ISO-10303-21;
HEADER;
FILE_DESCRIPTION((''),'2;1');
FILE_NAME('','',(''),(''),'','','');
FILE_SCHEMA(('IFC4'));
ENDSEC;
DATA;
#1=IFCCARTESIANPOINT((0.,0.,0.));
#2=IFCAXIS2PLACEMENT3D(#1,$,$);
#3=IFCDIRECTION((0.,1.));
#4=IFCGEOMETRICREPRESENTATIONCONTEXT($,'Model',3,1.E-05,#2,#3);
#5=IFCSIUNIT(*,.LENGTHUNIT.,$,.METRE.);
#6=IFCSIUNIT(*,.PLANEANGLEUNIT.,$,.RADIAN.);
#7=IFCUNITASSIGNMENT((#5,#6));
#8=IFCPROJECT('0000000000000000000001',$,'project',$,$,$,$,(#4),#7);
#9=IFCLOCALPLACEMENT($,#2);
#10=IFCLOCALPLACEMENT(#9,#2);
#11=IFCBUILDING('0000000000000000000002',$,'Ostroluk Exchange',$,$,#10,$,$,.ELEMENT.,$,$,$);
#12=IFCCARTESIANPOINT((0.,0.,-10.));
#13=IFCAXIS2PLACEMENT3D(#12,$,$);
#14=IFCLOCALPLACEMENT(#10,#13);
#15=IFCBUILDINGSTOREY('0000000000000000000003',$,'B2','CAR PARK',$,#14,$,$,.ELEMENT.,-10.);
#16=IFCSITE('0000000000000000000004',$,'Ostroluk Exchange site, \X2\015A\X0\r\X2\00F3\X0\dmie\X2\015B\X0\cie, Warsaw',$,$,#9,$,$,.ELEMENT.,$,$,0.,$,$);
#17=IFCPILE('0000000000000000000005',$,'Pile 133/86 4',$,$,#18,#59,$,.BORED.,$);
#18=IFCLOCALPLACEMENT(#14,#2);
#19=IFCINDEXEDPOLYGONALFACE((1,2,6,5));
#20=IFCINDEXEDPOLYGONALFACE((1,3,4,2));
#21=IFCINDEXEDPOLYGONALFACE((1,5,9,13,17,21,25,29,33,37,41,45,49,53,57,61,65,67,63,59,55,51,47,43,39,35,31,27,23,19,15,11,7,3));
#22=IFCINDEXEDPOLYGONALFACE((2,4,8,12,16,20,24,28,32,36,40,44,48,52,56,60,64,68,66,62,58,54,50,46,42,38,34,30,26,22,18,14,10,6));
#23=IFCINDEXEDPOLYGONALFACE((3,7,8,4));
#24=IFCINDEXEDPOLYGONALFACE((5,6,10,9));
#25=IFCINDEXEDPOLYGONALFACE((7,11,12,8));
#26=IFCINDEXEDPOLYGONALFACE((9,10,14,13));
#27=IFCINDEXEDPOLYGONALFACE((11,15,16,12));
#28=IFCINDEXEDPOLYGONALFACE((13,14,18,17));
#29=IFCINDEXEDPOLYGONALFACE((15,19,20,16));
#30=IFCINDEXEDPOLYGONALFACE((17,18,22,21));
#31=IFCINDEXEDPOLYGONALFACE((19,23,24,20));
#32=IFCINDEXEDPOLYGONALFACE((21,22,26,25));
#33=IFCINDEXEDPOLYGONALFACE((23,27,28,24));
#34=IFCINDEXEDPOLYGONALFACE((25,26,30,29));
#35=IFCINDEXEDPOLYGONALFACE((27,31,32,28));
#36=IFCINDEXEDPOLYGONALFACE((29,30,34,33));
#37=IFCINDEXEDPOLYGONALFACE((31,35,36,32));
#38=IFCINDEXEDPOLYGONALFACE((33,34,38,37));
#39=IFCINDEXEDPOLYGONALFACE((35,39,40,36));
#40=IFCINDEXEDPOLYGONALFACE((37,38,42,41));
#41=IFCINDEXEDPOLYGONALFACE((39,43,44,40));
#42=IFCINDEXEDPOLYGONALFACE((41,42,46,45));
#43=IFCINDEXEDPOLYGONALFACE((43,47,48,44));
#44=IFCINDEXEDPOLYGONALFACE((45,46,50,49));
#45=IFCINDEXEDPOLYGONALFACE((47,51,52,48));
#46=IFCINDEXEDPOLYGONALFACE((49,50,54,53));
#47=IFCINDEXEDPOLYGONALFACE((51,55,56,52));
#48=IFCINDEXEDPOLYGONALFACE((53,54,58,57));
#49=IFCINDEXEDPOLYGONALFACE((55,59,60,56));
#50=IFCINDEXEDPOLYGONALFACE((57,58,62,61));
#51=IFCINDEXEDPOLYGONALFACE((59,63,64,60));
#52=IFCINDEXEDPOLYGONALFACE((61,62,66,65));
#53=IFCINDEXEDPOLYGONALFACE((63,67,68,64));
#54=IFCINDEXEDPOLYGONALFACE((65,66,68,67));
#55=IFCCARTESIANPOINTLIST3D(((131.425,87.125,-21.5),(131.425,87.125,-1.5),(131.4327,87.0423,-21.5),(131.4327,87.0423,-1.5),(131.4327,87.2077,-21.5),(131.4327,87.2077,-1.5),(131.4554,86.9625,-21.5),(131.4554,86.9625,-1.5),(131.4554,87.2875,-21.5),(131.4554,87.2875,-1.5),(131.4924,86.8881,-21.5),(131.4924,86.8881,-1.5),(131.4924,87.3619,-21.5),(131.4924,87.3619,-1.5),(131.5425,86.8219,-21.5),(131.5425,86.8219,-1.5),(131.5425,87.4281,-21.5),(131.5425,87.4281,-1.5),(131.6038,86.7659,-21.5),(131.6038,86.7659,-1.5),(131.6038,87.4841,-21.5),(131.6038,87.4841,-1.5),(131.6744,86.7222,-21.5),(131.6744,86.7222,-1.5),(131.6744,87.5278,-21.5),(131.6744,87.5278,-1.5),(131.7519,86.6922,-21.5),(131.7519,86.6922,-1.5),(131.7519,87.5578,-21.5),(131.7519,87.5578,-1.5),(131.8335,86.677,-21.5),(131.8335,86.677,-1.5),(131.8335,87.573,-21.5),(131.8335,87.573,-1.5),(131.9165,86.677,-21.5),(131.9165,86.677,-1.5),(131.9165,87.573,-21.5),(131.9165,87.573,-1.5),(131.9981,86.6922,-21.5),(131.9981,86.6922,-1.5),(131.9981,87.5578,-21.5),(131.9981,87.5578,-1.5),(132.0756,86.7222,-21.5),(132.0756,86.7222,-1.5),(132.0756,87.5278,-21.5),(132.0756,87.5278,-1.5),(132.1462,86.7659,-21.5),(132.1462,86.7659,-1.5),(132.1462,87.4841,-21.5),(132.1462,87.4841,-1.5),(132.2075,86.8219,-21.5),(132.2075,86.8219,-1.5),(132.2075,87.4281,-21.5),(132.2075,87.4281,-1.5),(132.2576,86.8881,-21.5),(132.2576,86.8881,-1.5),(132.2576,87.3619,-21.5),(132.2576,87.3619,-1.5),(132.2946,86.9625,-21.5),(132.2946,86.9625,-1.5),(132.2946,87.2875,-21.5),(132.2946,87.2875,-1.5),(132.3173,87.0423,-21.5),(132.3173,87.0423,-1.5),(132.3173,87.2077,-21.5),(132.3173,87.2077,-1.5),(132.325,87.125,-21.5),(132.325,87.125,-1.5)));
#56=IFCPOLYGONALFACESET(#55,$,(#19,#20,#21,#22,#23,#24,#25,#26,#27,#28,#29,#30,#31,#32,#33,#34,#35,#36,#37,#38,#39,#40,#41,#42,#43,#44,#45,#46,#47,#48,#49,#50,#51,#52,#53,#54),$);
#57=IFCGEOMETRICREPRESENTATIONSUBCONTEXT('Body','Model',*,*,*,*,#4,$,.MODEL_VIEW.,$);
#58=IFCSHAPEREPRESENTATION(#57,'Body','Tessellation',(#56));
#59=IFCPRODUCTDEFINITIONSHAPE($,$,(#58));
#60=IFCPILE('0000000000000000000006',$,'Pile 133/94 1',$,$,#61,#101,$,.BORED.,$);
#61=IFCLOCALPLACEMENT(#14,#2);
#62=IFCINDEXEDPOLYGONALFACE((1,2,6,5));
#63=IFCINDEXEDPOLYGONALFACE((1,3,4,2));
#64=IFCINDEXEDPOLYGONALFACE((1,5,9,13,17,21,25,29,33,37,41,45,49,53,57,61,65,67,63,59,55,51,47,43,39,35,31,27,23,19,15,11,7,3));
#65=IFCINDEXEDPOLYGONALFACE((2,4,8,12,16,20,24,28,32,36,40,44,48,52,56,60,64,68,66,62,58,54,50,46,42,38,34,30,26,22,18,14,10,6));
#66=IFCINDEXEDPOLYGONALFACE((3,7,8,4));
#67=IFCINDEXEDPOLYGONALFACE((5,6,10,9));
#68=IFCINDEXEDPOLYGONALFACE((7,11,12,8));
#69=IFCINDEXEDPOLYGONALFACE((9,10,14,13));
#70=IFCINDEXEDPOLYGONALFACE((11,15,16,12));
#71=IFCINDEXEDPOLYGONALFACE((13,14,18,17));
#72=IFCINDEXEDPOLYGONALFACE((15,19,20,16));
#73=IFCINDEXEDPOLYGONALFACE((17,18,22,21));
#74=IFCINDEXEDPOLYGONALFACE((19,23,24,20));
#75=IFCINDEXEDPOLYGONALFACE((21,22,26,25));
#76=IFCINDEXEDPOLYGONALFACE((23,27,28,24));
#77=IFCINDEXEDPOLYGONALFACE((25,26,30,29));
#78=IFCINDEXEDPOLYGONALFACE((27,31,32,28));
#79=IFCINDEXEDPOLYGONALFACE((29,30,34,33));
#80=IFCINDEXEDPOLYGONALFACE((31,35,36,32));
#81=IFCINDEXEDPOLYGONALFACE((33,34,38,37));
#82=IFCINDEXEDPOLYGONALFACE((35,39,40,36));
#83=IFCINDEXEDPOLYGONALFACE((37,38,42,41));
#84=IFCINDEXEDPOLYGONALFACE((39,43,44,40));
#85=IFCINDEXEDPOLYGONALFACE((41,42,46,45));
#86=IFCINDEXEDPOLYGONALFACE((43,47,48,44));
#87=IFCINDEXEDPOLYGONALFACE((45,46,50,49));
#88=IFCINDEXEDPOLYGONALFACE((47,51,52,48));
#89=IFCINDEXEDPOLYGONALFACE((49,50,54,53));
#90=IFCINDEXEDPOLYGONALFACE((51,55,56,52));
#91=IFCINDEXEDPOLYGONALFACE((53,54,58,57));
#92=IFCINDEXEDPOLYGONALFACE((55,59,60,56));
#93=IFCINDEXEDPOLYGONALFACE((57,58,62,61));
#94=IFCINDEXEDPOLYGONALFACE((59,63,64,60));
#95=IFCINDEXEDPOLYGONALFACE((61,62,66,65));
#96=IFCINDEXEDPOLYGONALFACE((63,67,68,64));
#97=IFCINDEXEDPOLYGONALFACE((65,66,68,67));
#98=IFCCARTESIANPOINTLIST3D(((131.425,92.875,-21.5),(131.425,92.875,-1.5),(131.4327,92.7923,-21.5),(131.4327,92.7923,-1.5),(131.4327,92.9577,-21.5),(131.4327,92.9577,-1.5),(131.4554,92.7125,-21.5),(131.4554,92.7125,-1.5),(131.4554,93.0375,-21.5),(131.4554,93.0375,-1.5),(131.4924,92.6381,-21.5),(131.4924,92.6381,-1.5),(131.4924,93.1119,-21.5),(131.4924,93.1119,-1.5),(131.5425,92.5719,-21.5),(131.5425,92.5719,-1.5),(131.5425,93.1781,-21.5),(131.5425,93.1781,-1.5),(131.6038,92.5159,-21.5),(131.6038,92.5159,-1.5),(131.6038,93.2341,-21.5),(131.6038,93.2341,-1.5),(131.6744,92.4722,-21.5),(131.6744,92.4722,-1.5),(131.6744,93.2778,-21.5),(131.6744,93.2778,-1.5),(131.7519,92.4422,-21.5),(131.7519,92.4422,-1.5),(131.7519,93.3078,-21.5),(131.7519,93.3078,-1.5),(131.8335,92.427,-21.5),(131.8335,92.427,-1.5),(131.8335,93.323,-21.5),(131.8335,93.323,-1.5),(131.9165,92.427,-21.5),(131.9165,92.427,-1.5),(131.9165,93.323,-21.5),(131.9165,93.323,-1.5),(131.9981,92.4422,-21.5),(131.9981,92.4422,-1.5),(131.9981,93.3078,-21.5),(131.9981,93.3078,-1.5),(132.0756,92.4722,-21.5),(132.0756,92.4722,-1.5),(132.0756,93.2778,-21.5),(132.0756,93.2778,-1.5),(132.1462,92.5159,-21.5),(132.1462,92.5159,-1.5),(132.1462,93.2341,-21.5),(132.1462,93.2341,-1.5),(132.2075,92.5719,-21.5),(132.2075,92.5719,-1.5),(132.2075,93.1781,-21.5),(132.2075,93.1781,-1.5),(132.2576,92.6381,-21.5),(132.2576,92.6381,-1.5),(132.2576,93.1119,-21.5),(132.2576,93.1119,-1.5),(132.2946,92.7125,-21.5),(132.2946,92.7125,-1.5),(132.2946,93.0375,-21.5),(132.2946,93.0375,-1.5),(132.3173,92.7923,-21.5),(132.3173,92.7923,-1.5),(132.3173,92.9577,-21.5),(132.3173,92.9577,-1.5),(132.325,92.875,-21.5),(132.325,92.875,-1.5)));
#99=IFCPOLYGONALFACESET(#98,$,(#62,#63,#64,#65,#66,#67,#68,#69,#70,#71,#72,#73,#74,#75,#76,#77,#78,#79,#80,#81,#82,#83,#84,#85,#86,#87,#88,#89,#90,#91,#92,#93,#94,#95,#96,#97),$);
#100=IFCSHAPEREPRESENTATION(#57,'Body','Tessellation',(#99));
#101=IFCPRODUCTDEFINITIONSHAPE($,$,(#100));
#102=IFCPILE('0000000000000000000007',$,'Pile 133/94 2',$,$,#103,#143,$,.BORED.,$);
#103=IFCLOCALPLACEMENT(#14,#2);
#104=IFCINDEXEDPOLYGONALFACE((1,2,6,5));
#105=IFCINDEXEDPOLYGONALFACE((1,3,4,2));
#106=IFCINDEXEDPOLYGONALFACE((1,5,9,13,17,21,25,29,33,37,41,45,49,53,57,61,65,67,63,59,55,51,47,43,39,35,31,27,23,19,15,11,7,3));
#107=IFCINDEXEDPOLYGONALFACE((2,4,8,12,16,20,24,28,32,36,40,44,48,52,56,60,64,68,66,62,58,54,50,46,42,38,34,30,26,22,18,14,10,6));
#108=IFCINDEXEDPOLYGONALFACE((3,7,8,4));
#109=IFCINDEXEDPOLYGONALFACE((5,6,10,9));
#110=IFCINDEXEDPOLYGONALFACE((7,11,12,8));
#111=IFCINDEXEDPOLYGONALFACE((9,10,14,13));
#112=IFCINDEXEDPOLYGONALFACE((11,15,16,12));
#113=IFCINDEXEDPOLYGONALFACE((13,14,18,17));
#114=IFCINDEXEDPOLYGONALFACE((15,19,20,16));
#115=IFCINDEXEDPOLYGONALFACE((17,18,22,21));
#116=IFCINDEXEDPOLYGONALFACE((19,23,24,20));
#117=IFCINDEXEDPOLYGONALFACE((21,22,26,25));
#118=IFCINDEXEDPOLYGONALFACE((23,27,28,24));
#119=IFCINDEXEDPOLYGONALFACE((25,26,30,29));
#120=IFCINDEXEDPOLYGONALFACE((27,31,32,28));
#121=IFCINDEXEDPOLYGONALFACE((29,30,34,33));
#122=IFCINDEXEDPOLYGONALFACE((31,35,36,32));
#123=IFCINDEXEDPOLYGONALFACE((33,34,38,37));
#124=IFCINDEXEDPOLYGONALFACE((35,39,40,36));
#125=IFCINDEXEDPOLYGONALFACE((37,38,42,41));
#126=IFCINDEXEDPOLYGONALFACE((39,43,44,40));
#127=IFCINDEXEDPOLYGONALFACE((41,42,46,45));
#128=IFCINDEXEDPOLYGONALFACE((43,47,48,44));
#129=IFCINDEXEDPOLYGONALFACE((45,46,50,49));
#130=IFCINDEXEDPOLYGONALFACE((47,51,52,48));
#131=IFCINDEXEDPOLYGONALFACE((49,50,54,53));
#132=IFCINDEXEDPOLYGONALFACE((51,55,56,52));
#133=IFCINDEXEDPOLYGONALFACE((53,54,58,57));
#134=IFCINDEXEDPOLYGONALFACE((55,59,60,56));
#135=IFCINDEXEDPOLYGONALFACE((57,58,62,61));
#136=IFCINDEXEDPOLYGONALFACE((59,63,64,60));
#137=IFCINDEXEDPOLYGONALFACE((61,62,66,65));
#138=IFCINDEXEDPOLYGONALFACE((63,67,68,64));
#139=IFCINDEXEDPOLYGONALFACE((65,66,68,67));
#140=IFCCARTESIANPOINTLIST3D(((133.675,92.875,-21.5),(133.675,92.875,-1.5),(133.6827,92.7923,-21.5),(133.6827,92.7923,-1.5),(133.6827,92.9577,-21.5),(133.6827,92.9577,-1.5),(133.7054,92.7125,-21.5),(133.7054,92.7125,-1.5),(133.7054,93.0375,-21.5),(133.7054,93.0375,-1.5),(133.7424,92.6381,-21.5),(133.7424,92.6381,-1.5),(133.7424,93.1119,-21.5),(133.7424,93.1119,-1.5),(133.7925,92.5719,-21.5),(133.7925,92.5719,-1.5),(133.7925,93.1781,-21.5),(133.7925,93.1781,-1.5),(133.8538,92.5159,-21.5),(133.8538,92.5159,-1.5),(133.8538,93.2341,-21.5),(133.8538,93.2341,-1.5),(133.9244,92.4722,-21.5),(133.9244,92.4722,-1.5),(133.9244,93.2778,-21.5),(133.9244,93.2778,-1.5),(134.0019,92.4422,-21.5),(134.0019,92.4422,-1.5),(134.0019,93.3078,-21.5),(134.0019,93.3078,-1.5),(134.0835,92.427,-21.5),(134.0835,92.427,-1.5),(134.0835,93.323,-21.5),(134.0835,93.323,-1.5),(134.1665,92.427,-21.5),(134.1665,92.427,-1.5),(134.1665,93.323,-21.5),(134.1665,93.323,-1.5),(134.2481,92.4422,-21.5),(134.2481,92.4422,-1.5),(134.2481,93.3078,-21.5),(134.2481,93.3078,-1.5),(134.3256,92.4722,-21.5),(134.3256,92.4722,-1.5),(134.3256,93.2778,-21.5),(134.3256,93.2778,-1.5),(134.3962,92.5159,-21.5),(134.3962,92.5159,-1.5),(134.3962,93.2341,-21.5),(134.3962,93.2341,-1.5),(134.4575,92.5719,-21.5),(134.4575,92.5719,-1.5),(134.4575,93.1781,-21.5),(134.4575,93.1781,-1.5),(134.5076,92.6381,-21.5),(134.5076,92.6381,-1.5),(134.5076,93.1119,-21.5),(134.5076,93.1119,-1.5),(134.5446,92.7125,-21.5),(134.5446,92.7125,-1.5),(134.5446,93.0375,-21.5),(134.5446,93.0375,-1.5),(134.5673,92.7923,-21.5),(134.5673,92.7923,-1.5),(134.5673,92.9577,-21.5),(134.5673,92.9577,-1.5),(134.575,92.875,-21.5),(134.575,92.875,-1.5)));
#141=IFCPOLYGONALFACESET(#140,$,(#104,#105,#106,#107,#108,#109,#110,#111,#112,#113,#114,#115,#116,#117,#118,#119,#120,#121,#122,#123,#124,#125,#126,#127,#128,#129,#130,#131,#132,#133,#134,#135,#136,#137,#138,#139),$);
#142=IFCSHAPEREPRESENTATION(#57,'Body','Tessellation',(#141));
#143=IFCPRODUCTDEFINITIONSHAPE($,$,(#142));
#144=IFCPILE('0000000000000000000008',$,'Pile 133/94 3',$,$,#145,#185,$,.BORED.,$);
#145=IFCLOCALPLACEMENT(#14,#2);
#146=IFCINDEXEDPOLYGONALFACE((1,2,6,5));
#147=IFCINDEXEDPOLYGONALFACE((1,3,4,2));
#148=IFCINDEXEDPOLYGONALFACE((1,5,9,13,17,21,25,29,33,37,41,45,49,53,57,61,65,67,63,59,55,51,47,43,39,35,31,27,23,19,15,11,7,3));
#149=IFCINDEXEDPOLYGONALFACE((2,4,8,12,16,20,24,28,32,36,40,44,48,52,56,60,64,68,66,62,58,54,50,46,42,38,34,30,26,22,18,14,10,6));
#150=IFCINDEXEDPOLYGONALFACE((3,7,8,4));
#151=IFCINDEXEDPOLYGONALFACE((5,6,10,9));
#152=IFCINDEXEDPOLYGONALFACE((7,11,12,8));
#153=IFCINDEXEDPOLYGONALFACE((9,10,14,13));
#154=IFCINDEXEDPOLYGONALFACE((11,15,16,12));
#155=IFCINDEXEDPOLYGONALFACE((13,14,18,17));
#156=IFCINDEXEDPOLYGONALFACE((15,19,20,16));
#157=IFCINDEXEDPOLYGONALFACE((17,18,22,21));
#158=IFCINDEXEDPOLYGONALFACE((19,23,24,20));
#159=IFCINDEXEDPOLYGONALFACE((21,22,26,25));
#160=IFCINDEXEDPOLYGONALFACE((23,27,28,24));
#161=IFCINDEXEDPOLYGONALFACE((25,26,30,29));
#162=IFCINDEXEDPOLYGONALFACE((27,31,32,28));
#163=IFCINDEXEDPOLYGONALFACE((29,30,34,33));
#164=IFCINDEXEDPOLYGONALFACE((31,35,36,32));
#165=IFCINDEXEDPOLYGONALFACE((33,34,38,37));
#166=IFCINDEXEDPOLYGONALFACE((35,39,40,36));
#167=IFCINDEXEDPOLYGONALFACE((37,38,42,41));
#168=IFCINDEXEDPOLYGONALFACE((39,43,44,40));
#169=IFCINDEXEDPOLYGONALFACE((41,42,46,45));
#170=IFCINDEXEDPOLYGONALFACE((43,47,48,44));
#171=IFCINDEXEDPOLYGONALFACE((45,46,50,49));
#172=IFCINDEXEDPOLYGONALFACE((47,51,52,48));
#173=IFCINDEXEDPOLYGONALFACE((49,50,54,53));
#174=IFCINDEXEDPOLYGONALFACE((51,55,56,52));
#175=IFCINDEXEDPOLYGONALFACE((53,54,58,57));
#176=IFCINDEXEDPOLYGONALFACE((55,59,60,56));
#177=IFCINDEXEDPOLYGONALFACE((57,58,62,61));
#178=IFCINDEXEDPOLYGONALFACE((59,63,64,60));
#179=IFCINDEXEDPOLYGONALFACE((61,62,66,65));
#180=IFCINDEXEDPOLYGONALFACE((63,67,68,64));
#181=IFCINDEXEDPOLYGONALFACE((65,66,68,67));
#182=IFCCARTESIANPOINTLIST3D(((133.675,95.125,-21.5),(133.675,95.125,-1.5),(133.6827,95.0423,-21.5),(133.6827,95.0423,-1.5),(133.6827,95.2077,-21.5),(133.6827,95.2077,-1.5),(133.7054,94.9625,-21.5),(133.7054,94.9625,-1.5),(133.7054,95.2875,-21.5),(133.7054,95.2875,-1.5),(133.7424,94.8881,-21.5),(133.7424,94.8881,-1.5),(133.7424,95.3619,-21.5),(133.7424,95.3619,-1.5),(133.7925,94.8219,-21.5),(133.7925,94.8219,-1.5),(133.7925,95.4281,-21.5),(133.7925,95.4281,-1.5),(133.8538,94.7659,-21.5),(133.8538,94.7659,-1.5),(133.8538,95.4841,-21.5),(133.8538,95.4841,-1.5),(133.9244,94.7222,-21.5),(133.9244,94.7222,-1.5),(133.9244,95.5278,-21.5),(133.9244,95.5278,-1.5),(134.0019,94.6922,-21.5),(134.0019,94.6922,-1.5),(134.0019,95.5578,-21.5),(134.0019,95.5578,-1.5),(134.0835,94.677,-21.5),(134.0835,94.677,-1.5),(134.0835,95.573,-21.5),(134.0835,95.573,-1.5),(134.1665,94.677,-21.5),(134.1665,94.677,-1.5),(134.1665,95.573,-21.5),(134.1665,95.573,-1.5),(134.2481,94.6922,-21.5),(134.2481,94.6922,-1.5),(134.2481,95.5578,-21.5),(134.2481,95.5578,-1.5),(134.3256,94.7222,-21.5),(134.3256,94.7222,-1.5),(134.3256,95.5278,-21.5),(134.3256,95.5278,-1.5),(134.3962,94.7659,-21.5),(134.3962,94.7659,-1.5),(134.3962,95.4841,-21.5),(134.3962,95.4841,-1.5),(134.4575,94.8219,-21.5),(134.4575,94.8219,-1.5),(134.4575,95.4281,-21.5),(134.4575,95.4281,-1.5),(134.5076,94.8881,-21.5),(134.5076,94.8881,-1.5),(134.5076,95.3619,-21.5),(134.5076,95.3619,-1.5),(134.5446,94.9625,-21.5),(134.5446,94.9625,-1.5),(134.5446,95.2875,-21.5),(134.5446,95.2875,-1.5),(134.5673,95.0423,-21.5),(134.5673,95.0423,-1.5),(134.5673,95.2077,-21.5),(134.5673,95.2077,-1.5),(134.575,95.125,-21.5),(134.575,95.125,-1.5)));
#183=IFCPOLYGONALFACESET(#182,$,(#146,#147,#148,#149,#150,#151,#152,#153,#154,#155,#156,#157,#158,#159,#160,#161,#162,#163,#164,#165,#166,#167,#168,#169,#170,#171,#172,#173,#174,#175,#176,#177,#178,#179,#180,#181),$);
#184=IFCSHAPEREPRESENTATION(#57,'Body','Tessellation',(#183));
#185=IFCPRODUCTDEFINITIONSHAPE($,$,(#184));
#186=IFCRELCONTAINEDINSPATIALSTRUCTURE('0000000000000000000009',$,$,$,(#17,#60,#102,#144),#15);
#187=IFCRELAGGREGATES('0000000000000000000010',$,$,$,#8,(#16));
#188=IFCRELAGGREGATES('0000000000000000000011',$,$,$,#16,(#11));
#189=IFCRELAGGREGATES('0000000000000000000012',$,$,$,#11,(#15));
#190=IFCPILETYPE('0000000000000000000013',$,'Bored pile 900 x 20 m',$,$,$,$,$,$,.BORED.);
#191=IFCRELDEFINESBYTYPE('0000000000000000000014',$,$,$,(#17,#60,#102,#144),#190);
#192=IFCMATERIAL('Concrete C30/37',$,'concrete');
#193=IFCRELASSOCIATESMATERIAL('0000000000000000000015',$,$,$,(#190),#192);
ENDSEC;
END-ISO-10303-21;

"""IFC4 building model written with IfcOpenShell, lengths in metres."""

from ifc_helpers import new_model, si_unit, direction, frame, origin, origin_2d, place, context, subcontext, project, spatial, circle, extrude, material, type_object, element, save


model = new_model("IFC4")

# Units and contexts
model_context = context("Model", 3, precision=1e-05, world=origin(), true_north=direction((0.0, 1.0)))
body_context = subcontext(model_context, "Body", "Model", "MODEL_VIEW")
ifc_project = project(units=[si_unit("LENGTHUNIT", "METRE"), si_unit("PLANEANGLEUNIT", "RADIAN")], contexts=[model_context])

# Site, building, storey
site_placement = place(None, origin())
site = spatial("IfcSite", under=ifc_project, at=site_placement, Name="Ostroluk Exchange site, Śródmieście, Warsaw", CompositionType="ELEMENT", RefElevation=0.0)
building_placement = place(site_placement, origin())
building = spatial("IfcBuilding", under=site, at=building_placement, Name="Ostroluk Exchange", CompositionType="ELEMENT")
storey_placement = place(building_placement, frame((0.0, 0.0, -10.0)))
storey = spatial("IfcBuildingStorey", under=building, at=storey_placement, Name="B2", Description="CAR PARK", CompositionType="ELEMENT", Elevation=-10.0)

# Piles
ifc_material_1 = material(Name="Concrete C30/37", Category="concrete")
pile_type = type_object("IfcPileType", Name="Bored pile 900 x 20 m", PredefinedType="BORED", material=ifc_material_1)
for number, where, z_axis, x_axis, name in (
    (1, (131.875, 87.125, -1.5), (0.0, 0.0, -1.0), (1.0, 0.0, 0.0), "Pile 133/86 4"),
    (2, (131.875, 92.875, -1.5), (0.0, 0.0, -1.0), (1.0, 0.0, 0.0), "Pile 133/94 1"),
    (3, (134.125, 92.875, -1.5), (0.0, 0.0, -1.0), (1.0, 0.0, 0.0), "Pile 133/94 2"),
    (4, (134.125, 95.125, -1.5), (0.0, 0.0, -1.0), (1.0, 0.0, 0.0), "Pile 133/94 3"),
):
    element("IfcPile", number, at=place(storey_placement, frame(where, z_axis=z_axis, x_axis=x_axis)), inside=storey, type_object=pile_type, Name=name, PredefinedType="BORED", context=body_context, shape_type="SweptSolid", body=[
        extrude(circle(Radius=0.45, at=origin_2d()), origin(), (0.0, 0.0, 1.0), 20.0),
    ])

save(model, "model.ifc")
